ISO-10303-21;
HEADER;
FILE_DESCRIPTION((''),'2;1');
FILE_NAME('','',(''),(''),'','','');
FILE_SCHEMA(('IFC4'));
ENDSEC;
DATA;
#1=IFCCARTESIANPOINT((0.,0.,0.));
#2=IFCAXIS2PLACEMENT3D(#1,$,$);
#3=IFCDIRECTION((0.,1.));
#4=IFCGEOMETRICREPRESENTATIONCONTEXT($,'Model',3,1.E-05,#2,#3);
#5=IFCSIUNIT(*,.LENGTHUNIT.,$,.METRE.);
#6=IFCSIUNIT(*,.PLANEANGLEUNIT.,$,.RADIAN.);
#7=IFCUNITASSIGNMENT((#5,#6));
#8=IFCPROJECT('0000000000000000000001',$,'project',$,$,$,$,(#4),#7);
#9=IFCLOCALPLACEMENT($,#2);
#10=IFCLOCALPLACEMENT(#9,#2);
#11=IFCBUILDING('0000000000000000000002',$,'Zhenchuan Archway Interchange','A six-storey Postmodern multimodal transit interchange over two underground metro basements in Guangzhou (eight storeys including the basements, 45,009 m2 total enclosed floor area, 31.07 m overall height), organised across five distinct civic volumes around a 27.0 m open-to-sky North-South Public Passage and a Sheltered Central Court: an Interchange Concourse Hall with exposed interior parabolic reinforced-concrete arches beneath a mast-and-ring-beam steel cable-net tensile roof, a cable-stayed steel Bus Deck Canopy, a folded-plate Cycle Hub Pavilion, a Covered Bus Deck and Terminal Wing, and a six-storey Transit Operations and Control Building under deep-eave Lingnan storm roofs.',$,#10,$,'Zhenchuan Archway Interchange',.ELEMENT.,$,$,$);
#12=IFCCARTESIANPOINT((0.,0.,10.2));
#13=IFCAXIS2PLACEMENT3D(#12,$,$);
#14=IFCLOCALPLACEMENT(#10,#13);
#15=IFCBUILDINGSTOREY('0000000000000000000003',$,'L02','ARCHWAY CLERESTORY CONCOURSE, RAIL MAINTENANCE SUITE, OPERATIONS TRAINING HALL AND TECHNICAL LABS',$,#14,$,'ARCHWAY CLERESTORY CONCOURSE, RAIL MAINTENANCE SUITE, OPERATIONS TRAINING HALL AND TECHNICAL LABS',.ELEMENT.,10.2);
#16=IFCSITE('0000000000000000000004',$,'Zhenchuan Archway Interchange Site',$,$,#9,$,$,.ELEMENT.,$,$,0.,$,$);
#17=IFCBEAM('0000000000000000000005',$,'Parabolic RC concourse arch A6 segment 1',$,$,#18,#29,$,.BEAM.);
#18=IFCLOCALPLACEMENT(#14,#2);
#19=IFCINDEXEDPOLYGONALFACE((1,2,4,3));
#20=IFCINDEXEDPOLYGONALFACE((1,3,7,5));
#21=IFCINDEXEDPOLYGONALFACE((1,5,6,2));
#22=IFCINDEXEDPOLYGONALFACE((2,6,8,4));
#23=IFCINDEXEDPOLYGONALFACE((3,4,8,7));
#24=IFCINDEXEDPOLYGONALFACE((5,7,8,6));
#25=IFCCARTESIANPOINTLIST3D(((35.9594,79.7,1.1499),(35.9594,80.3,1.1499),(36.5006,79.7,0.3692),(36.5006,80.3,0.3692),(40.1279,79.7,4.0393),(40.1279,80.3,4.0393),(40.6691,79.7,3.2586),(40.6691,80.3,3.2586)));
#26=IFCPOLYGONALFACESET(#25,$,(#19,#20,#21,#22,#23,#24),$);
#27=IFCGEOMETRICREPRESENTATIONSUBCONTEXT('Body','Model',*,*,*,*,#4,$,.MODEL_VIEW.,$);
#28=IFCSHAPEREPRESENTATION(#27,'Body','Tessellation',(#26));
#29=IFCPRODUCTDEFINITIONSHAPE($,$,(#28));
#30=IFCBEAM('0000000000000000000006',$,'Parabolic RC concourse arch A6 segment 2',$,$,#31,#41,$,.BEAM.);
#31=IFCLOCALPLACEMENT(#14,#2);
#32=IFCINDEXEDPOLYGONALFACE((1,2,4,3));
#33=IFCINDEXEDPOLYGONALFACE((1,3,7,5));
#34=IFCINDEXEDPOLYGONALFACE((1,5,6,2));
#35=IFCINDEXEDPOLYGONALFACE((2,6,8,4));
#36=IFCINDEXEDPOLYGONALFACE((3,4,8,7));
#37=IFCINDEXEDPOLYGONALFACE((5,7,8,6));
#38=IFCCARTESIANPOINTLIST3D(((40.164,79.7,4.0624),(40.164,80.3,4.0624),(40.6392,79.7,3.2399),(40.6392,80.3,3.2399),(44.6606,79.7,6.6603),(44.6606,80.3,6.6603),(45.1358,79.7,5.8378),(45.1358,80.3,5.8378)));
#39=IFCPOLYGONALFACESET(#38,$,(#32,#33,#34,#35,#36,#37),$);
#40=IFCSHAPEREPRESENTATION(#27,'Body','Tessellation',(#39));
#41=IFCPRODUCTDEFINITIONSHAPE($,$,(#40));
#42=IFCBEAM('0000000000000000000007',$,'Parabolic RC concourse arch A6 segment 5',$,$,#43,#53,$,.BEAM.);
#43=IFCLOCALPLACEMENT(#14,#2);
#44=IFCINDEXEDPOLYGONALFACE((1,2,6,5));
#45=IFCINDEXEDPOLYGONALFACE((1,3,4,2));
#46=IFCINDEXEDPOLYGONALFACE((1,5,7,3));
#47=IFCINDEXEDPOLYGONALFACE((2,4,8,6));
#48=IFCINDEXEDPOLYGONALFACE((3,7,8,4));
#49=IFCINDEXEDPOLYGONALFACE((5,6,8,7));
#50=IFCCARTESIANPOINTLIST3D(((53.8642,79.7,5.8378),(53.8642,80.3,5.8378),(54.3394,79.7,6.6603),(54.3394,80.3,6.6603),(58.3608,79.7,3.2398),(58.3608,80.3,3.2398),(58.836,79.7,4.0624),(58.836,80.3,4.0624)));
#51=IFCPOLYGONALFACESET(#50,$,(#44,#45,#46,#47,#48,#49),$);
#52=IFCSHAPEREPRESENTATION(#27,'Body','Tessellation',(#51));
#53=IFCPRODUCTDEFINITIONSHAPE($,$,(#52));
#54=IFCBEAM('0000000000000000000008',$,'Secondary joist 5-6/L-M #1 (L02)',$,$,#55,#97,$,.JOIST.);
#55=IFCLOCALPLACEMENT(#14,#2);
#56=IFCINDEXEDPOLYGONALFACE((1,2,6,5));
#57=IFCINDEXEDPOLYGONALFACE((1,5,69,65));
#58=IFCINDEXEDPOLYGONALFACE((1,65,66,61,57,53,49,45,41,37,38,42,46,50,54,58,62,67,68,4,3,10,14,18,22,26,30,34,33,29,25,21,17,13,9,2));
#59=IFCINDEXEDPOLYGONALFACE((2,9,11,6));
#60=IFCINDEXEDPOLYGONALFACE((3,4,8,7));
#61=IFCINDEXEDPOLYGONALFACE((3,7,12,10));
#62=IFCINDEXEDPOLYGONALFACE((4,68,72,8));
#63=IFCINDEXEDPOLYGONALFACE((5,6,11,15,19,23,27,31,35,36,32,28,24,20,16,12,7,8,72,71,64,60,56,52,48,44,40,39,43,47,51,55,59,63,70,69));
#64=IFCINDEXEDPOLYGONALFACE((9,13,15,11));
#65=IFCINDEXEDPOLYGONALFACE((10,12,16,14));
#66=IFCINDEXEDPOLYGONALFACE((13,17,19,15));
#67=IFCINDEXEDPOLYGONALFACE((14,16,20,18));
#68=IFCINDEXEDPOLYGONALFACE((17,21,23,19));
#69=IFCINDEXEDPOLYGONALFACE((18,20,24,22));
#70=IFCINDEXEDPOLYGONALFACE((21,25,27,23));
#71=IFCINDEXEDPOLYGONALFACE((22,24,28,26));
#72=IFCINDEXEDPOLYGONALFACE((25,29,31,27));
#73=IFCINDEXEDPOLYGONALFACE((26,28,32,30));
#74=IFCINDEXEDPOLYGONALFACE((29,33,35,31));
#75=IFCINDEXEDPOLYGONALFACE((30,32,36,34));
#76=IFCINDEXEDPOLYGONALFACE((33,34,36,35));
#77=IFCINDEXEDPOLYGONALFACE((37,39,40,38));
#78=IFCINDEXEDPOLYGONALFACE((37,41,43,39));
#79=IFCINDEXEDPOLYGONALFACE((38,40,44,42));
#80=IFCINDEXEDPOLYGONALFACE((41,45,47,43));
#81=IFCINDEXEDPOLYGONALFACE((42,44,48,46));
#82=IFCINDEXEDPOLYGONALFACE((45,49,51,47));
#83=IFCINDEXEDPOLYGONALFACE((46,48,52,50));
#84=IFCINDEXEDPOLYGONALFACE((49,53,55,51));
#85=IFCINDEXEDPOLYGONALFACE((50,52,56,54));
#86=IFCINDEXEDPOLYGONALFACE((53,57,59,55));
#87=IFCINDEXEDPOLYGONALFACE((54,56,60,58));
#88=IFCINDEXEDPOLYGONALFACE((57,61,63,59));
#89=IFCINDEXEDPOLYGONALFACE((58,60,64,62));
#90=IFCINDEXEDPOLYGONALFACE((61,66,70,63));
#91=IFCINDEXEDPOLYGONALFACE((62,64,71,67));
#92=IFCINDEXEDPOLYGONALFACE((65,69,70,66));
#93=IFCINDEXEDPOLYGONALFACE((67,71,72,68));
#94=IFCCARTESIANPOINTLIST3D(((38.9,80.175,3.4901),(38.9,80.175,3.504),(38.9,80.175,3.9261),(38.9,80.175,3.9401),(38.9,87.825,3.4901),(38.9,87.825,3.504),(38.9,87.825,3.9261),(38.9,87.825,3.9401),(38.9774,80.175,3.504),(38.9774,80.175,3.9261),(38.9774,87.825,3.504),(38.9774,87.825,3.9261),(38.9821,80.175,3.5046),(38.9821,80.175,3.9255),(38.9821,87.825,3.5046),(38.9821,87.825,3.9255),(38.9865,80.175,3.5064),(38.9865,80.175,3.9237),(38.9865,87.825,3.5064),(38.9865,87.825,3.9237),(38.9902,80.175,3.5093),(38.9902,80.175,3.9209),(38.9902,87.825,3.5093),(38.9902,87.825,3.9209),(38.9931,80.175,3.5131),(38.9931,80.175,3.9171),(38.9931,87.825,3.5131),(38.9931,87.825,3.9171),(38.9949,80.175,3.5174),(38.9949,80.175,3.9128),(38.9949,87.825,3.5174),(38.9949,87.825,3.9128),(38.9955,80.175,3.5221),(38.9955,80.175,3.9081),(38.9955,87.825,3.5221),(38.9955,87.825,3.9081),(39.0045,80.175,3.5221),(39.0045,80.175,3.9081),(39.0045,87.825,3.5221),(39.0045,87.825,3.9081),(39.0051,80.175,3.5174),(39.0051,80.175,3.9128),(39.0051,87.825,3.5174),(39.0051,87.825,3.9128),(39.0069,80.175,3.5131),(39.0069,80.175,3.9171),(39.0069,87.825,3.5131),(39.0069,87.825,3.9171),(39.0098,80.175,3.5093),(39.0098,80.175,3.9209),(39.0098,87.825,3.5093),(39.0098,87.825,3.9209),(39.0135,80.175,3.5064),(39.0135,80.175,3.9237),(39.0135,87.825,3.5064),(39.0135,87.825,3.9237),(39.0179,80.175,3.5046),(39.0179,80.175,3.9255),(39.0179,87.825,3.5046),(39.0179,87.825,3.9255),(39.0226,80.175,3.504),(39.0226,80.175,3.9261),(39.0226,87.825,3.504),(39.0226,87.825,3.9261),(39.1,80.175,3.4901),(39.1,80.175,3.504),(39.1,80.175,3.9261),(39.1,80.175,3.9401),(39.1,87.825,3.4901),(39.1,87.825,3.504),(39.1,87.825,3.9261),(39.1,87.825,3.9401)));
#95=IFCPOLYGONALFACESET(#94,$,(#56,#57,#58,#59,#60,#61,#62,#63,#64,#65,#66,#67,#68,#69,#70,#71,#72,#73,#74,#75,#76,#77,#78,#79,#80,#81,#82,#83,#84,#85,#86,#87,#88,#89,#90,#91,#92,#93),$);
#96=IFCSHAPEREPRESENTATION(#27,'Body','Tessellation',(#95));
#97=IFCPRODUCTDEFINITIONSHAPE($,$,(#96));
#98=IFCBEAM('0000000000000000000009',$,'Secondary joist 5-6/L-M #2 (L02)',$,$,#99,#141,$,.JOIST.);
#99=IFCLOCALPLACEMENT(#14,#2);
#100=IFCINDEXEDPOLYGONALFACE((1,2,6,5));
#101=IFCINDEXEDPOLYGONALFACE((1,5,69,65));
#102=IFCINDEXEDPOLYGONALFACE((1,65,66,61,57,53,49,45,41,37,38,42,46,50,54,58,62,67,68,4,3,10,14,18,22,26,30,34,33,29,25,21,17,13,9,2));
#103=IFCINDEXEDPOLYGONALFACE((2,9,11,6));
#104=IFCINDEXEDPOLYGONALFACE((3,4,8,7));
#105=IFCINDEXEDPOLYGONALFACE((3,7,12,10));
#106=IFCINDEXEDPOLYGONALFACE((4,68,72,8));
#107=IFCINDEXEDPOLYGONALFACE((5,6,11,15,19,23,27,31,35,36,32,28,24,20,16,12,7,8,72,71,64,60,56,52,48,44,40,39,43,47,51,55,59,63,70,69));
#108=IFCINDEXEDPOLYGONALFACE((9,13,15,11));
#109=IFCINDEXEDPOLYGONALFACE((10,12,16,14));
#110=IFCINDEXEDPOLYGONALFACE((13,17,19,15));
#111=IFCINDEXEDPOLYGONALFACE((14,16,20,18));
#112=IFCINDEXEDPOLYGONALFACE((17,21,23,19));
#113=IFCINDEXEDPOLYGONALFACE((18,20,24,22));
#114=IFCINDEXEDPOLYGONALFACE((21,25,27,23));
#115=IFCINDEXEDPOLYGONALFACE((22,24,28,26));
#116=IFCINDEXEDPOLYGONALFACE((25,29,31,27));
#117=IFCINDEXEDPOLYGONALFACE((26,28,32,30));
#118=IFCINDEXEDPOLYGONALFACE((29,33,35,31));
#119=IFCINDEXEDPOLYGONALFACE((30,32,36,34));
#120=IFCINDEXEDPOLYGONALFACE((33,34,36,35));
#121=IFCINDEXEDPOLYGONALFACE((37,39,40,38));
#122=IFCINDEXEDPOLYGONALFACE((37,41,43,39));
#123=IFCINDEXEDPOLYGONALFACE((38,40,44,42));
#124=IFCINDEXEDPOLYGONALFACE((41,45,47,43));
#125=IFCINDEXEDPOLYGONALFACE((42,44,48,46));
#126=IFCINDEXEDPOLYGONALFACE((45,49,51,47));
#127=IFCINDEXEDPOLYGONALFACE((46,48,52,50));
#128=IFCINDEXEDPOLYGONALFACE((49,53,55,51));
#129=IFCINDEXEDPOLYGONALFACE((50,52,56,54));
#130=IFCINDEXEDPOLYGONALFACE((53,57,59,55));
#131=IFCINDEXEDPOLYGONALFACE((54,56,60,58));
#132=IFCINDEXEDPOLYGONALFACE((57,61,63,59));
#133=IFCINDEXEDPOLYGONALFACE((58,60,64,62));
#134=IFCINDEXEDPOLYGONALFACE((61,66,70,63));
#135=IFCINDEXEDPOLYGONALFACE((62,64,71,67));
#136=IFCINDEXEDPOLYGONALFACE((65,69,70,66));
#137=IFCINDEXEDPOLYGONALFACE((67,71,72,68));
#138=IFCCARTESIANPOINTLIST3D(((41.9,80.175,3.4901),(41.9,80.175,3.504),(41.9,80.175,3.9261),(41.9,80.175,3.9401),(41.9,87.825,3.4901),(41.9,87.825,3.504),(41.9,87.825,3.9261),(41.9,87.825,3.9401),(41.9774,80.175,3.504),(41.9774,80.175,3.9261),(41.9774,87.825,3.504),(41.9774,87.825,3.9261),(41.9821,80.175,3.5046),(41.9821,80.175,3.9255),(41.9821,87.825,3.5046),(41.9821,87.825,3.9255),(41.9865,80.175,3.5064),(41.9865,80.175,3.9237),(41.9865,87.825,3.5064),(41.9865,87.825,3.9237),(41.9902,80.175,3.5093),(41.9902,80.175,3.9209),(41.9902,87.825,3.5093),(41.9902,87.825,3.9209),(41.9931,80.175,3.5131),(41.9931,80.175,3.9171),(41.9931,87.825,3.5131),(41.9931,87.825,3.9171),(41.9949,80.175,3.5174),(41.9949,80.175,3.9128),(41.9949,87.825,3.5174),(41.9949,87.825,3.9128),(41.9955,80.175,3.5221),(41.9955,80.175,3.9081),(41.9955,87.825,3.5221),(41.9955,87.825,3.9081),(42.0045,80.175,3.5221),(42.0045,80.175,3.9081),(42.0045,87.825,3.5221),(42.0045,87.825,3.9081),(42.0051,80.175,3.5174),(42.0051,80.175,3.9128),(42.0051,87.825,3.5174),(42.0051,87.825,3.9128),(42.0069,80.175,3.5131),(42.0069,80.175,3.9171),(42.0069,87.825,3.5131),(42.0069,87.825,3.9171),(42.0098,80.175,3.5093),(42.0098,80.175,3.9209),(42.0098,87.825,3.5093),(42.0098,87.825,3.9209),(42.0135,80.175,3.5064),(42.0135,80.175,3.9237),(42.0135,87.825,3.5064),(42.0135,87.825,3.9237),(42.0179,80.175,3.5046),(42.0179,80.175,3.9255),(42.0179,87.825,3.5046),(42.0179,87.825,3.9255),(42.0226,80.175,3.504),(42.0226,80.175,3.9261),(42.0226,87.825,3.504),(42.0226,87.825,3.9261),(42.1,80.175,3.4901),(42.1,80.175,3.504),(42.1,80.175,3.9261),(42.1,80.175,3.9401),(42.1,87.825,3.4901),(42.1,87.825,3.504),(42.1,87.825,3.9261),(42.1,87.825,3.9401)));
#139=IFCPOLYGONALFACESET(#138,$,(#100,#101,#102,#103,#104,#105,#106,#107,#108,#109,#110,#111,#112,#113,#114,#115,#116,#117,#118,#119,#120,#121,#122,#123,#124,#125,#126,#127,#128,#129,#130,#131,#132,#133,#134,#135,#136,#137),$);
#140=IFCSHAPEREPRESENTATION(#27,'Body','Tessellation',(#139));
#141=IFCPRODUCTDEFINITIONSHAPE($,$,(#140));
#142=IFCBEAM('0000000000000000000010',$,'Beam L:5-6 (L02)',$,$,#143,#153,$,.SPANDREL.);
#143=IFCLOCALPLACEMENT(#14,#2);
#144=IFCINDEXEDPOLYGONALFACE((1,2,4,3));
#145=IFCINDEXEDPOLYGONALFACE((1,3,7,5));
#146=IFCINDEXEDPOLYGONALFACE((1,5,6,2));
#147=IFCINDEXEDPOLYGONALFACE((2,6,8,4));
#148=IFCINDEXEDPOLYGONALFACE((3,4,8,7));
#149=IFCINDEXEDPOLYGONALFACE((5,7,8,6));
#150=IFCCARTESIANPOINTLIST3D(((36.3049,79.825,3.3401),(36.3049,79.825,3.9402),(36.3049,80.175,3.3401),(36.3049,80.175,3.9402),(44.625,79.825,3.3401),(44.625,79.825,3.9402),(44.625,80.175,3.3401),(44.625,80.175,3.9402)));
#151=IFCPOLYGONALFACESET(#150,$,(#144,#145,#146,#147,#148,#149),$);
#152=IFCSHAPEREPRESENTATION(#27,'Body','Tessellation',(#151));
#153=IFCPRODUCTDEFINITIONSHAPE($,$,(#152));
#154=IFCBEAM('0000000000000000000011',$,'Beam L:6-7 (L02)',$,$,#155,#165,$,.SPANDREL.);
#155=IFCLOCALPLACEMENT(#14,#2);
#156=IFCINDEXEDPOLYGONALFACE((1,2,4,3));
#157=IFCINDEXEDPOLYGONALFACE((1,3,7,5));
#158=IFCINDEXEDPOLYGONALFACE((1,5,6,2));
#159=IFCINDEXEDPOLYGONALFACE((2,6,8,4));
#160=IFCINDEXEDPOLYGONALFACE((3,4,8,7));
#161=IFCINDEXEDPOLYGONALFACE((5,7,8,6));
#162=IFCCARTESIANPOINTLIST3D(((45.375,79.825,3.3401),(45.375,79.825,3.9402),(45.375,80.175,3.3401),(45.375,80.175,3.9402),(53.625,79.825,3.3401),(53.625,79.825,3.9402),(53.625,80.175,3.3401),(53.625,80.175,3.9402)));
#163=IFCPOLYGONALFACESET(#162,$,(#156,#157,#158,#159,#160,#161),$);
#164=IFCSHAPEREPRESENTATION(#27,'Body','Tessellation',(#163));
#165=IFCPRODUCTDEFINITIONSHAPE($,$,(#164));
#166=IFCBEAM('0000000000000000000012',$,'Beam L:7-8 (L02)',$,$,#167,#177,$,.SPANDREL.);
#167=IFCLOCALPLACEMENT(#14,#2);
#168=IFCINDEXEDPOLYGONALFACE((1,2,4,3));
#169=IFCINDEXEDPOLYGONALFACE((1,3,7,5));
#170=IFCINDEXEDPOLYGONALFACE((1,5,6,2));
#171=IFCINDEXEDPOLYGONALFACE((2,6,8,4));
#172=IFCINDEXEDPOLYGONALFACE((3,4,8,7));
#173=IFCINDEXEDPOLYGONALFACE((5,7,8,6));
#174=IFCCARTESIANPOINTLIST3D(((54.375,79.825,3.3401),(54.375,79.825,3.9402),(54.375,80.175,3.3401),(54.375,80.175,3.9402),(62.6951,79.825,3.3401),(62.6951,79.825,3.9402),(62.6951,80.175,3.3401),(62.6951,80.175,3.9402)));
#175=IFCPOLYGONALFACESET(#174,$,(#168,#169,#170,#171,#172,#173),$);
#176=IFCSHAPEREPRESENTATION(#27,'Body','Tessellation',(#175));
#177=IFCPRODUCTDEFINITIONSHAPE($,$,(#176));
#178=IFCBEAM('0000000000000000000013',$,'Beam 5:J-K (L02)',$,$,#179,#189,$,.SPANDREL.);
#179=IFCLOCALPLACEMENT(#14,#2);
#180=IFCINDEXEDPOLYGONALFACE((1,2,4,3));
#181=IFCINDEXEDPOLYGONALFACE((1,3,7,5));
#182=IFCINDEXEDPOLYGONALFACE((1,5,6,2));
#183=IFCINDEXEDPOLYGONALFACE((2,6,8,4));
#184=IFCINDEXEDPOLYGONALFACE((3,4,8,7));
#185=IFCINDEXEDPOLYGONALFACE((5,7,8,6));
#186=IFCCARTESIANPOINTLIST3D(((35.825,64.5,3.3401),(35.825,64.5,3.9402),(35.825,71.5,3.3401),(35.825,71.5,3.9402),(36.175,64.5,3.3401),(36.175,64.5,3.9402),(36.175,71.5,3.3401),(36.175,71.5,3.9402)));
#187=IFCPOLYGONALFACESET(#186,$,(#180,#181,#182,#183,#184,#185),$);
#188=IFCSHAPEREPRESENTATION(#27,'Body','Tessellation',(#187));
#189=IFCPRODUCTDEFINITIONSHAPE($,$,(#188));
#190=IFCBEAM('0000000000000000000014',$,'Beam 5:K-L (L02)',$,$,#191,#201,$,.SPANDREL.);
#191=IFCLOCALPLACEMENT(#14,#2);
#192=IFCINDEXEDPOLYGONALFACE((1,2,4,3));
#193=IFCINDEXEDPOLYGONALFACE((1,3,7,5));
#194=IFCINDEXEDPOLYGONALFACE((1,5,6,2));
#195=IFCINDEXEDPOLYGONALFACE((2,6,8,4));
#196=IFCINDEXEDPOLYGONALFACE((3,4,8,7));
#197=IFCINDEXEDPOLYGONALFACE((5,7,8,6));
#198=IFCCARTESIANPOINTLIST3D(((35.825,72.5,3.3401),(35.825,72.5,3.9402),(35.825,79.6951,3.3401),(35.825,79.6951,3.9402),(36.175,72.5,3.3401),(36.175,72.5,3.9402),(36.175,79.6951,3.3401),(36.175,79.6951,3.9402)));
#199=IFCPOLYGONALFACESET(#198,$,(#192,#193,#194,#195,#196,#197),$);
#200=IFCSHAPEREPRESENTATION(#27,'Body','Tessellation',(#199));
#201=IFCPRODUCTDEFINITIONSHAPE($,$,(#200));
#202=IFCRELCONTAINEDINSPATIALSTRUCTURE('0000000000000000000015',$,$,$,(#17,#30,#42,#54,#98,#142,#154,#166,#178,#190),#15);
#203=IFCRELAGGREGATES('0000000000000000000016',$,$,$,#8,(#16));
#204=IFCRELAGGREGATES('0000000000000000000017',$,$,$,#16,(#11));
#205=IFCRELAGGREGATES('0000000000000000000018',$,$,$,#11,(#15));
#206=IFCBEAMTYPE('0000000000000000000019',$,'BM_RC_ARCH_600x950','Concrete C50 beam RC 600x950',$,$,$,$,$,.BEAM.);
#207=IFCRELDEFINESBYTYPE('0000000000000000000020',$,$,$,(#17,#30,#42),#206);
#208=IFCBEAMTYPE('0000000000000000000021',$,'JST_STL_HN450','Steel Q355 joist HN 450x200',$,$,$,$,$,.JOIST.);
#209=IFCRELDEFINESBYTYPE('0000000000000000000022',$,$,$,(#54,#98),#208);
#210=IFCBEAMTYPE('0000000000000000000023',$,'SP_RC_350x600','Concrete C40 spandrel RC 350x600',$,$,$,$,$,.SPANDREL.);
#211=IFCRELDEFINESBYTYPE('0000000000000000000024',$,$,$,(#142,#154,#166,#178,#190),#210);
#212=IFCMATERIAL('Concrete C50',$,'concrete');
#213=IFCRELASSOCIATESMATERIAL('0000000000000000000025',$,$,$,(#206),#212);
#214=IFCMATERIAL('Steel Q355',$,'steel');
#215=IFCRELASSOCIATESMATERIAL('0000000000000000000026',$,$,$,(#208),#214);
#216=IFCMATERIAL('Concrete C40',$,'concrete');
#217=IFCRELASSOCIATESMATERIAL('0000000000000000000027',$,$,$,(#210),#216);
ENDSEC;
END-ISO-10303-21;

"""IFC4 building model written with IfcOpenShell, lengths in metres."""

from ifc_helpers import new_model, si_unit, direction, frame, origin, origin_2d, place, context, subcontext, project, spatial, rectangle, i_section, extrude, material, material_profile, profile_set, type_object, element, save


model = new_model("IFC4")

# Units and contexts
model_context = context("Model", 3, precision=1e-05, world=origin(), true_north=direction((0.0, 1.0)))
body_context = subcontext(model_context, "Body", "Model", "MODEL_VIEW")
ifc_project = project(units=[si_unit("LENGTHUNIT", "METRE"), si_unit("PLANEANGLEUNIT", "RADIAN")], contexts=[model_context])

# Site, building, storey
site_placement = place(None, origin())
site = spatial("IfcSite", under=ifc_project, at=site_placement, Name="Zhenchuan Archway Interchange Site", CompositionType="ELEMENT", RefElevation=0.0)
building_placement = place(site_placement, origin())
building = spatial("IfcBuilding", under=site, at=building_placement, Name="Zhenchuan Archway Interchange", Description="A six-storey Postmodern multimodal transit interchange over two underground metro basements in Guangzhou (eight storeys including the basements, 45,009 m2 total enclosed floor area, 31.07 m overall height), organised across five distinct civic volumes around a 27.0 m open-to-sky North-South Public Passage and a Sheltered Central Court: an Interchange Concourse Hall with exposed interior parabolic reinforced-concrete arches beneath a mast-and-ring-beam steel cable-net tensile roof, a cable-stayed steel Bus Deck Canopy, a folded-plate Cycle Hub Pavilion, a Covered Bus Deck and Terminal Wing, and a six-storey Transit Operations and Control Building under deep-eave Lingnan storm roofs.", LongName="Zhenchuan Archway Interchange", CompositionType="ELEMENT")
storey_placement = place(building_placement, frame((0.0, 0.0, 10.2)))
storey = spatial("IfcBuildingStorey", under=building, at=storey_placement, Name="L02", Description="ARCHWAY CLERESTORY CONCOURSE, RAIL MAINTENANCE SUITE, OPERATIONS TRAINING HALL AND TECHNICAL LABS", LongName="ARCHWAY CLERESTORY CONCOURSE, RAIL MAINTENANCE SUITE, OPERATIONS TRAINING HALL AND TECHNICAL LABS", CompositionType="ELEMENT", Elevation=10.2)

# Shared definitions
ifc_material_1 = material(Name="Concrete C50", Category="concrete")
ifc_material_2 = material(Name="Concrete C40", Category="concrete")

# Beams
ifc_material_profile_1 = material_profile(ifc_material_1, rectangle(XDim=0.6001, YDim=0.95, at=origin_2d()), Name="RC 600x950")
ifc_profile_set_1 = profile_set([ifc_material_profile_1], Name="Concrete C50")
beam_type_1 = type_object("IfcBeamType", Name="BM_RC_ARCH_600x950", Description="Concrete C50 beam RC 600x950", PredefinedType="BEAM", material=ifc_profile_set_1)
beam_1_placement = place(storey_placement, frame((36.23, 80.0, 0.7595), z_axis=(0.821865, 0.0, 0.569683), x_axis=(0.0, 1.0, 0.0)))
element("IfcBeam", 1, at=beam_1_placement, inside=storey, type_object=beam_type_1, Name="Parabolic RC concourse arch A6 segment 1", PredefinedType="BEAM", context=body_context, shape_type="SweptSolid", body=[
    extrude(rectangle(XDim=0.6001, YDim=0.95, at=origin_2d()), origin(), (0.0, 0.0, 1.0), 5.072),
])
for number, where, z_axis, x_axis, name in (
    (2, (40.4016, 80.0, 3.6511), (0.865875, 0.0, 0.50026), (0.0, 1.0, 0.0), "Parabolic RC concourse arch A6 segment 2"),
    (3, (54.1018, 80.0, 6.249), (0.865875, 0.0, -0.50026), (0.0, 1.0, 0.0), "Parabolic RC concourse arch A6 segment 5"),
):
    element("IfcBeam", number, at=place(storey_placement, frame(where, z_axis=z_axis, x_axis=x_axis)), inside=storey, type_object=beam_type_1, Name=name, PredefinedType="BEAM", context=body_context, shape_type="SweptSolid", body=[
        extrude(rectangle(XDim=0.6001, YDim=0.95, at=origin_2d()), origin(), (0.0, 0.0, 1.0), 5.1931),
    ])
ifc_material_3 = material(Name="Steel Q355", Category="steel")
ifc_material_profile_2 = material_profile(ifc_material_3, i_section(OverallWidth=0.2, OverallDepth=0.45, WebThickness=0.009, FlangeThickness=0.0139, FilletRadius=0.0181, at=origin_2d()), Name="HN 450x200")
ifc_profile_set_2 = profile_set([ifc_material_profile_2], Name="Steel Q355")
beam_type_2 = type_object("IfcBeamType", Name="JST_STL_HN450", Description="Steel Q355 joist HN 450x200", PredefinedType="JOIST", material=ifc_profile_set_2)
for number, where, z_axis, x_axis, name in (
    (4, (39.0, 80.175, 3.7151), (0.0, 1.0, 0.0), (-1.0, 0.0, 0.0), "Secondary joist 5-6/L-M #1 (L02)"),
    (5, (42.0, 80.175, 3.7151), (0.0, 1.0, 0.0), (-1.0, 0.0, 0.0), "Secondary joist 5-6/L-M #2 (L02)"),
):
    element("IfcBeam", number, at=place(storey_placement, frame(where, z_axis=z_axis, x_axis=x_axis)), inside=storey, type_object=beam_type_2, Name=name, PredefinedType="JOIST", context=body_context, shape_type="SweptSolid", body=[
        extrude(i_section(OverallWidth=0.2, OverallDepth=0.45, WebThickness=0.009, FlangeThickness=0.0139, FilletRadius=0.0181, at=origin_2d()), origin(), (0.0, 0.0, 1.0), 7.6499),
    ])
ifc_material_profile_3 = material_profile(ifc_material_2, rectangle(XDim=0.3501, YDim=0.6001, at=origin_2d()), Name="RC 350x600")
ifc_profile_set_3 = profile_set([ifc_material_profile_3], Name="Concrete C40")
beam_type_3 = type_object("IfcBeamType", Name="SP_RC_350x600", Description="Concrete C40 spandrel RC 350x600", PredefinedType="SPANDREL", material=ifc_profile_set_3)
beam_2_placement = place(storey_placement, frame((36.3049, 80.0, 3.6401), z_axis=(1.0, 0.0, 0.0), x_axis=(0.0, 1.0, 0.0)))
element("IfcBeam", 6, at=beam_2_placement, inside=storey, type_object=beam_type_3, Name="Beam L:5-6 (L02)", PredefinedType="SPANDREL", context=body_context, shape_type="SweptSolid", body=[
    extrude(rectangle(XDim=0.3501, YDim=0.6001, at=origin_2d()), origin(), (0.0, 0.0, 1.0), 8.3201),
])
beam_3_placement = place(storey_placement, frame((45.375, 80.0, 3.6401), z_axis=(1.0, 0.0, 0.0), x_axis=(0.0, 1.0, 0.0)))
element("IfcBeam", 7, at=beam_3_placement, inside=storey, type_object=beam_type_3, Name="Beam L:6-7 (L02)", PredefinedType="SPANDREL", context=body_context, shape_type="SweptSolid", body=[
    extrude(rectangle(XDim=0.3501, YDim=0.6001, at=origin_2d()), origin(), (0.0, 0.0, 1.0), 8.25),
])
beam_4_placement = place(storey_placement, frame((54.375, 80.0, 3.6401), z_axis=(1.0, 0.0, 0.0), x_axis=(0.0, 1.0, 0.0)))
element("IfcBeam", 8, at=beam_4_placement, inside=storey, type_object=beam_type_3, Name="Beam L:7-8 (L02)", PredefinedType="SPANDREL", context=body_context, shape_type="SweptSolid", body=[
    extrude(rectangle(XDim=0.3501, YDim=0.6001, at=origin_2d()), origin(), (0.0, 0.0, 1.0), 8.3201),
])
beam_5_placement = place(storey_placement, frame((36.0, 64.5, 3.6401), z_axis=(0.0, 1.0, 0.0), x_axis=(-1.0, 0.0, 0.0)))
element("IfcBeam", 9, at=beam_5_placement, inside=storey, type_object=beam_type_3, Name="Beam 5:J-K (L02)", PredefinedType="SPANDREL", context=body_context, shape_type="SweptSolid", body=[
    extrude(rectangle(XDim=0.3501, YDim=0.6001, at=origin_2d()), origin(), (0.0, 0.0, 1.0), 7.0),
])
beam_6_placement = place(storey_placement, frame((36.0, 72.5, 3.6401), z_axis=(0.0, 1.0, 0.0), x_axis=(-1.0, 0.0, 0.0)))
element("IfcBeam", 10, at=beam_6_placement, inside=storey, type_object=beam_type_3, Name="Beam 5:K-L (L02)", PredefinedType="SPANDREL", context=body_context, shape_type="SweptSolid", body=[
    extrude(rectangle(XDim=0.3501, YDim=0.6001, at=origin_2d()), origin(), (0.0, 0.0, 1.0), 7.1951),
])

save(model, "model.ifc")
